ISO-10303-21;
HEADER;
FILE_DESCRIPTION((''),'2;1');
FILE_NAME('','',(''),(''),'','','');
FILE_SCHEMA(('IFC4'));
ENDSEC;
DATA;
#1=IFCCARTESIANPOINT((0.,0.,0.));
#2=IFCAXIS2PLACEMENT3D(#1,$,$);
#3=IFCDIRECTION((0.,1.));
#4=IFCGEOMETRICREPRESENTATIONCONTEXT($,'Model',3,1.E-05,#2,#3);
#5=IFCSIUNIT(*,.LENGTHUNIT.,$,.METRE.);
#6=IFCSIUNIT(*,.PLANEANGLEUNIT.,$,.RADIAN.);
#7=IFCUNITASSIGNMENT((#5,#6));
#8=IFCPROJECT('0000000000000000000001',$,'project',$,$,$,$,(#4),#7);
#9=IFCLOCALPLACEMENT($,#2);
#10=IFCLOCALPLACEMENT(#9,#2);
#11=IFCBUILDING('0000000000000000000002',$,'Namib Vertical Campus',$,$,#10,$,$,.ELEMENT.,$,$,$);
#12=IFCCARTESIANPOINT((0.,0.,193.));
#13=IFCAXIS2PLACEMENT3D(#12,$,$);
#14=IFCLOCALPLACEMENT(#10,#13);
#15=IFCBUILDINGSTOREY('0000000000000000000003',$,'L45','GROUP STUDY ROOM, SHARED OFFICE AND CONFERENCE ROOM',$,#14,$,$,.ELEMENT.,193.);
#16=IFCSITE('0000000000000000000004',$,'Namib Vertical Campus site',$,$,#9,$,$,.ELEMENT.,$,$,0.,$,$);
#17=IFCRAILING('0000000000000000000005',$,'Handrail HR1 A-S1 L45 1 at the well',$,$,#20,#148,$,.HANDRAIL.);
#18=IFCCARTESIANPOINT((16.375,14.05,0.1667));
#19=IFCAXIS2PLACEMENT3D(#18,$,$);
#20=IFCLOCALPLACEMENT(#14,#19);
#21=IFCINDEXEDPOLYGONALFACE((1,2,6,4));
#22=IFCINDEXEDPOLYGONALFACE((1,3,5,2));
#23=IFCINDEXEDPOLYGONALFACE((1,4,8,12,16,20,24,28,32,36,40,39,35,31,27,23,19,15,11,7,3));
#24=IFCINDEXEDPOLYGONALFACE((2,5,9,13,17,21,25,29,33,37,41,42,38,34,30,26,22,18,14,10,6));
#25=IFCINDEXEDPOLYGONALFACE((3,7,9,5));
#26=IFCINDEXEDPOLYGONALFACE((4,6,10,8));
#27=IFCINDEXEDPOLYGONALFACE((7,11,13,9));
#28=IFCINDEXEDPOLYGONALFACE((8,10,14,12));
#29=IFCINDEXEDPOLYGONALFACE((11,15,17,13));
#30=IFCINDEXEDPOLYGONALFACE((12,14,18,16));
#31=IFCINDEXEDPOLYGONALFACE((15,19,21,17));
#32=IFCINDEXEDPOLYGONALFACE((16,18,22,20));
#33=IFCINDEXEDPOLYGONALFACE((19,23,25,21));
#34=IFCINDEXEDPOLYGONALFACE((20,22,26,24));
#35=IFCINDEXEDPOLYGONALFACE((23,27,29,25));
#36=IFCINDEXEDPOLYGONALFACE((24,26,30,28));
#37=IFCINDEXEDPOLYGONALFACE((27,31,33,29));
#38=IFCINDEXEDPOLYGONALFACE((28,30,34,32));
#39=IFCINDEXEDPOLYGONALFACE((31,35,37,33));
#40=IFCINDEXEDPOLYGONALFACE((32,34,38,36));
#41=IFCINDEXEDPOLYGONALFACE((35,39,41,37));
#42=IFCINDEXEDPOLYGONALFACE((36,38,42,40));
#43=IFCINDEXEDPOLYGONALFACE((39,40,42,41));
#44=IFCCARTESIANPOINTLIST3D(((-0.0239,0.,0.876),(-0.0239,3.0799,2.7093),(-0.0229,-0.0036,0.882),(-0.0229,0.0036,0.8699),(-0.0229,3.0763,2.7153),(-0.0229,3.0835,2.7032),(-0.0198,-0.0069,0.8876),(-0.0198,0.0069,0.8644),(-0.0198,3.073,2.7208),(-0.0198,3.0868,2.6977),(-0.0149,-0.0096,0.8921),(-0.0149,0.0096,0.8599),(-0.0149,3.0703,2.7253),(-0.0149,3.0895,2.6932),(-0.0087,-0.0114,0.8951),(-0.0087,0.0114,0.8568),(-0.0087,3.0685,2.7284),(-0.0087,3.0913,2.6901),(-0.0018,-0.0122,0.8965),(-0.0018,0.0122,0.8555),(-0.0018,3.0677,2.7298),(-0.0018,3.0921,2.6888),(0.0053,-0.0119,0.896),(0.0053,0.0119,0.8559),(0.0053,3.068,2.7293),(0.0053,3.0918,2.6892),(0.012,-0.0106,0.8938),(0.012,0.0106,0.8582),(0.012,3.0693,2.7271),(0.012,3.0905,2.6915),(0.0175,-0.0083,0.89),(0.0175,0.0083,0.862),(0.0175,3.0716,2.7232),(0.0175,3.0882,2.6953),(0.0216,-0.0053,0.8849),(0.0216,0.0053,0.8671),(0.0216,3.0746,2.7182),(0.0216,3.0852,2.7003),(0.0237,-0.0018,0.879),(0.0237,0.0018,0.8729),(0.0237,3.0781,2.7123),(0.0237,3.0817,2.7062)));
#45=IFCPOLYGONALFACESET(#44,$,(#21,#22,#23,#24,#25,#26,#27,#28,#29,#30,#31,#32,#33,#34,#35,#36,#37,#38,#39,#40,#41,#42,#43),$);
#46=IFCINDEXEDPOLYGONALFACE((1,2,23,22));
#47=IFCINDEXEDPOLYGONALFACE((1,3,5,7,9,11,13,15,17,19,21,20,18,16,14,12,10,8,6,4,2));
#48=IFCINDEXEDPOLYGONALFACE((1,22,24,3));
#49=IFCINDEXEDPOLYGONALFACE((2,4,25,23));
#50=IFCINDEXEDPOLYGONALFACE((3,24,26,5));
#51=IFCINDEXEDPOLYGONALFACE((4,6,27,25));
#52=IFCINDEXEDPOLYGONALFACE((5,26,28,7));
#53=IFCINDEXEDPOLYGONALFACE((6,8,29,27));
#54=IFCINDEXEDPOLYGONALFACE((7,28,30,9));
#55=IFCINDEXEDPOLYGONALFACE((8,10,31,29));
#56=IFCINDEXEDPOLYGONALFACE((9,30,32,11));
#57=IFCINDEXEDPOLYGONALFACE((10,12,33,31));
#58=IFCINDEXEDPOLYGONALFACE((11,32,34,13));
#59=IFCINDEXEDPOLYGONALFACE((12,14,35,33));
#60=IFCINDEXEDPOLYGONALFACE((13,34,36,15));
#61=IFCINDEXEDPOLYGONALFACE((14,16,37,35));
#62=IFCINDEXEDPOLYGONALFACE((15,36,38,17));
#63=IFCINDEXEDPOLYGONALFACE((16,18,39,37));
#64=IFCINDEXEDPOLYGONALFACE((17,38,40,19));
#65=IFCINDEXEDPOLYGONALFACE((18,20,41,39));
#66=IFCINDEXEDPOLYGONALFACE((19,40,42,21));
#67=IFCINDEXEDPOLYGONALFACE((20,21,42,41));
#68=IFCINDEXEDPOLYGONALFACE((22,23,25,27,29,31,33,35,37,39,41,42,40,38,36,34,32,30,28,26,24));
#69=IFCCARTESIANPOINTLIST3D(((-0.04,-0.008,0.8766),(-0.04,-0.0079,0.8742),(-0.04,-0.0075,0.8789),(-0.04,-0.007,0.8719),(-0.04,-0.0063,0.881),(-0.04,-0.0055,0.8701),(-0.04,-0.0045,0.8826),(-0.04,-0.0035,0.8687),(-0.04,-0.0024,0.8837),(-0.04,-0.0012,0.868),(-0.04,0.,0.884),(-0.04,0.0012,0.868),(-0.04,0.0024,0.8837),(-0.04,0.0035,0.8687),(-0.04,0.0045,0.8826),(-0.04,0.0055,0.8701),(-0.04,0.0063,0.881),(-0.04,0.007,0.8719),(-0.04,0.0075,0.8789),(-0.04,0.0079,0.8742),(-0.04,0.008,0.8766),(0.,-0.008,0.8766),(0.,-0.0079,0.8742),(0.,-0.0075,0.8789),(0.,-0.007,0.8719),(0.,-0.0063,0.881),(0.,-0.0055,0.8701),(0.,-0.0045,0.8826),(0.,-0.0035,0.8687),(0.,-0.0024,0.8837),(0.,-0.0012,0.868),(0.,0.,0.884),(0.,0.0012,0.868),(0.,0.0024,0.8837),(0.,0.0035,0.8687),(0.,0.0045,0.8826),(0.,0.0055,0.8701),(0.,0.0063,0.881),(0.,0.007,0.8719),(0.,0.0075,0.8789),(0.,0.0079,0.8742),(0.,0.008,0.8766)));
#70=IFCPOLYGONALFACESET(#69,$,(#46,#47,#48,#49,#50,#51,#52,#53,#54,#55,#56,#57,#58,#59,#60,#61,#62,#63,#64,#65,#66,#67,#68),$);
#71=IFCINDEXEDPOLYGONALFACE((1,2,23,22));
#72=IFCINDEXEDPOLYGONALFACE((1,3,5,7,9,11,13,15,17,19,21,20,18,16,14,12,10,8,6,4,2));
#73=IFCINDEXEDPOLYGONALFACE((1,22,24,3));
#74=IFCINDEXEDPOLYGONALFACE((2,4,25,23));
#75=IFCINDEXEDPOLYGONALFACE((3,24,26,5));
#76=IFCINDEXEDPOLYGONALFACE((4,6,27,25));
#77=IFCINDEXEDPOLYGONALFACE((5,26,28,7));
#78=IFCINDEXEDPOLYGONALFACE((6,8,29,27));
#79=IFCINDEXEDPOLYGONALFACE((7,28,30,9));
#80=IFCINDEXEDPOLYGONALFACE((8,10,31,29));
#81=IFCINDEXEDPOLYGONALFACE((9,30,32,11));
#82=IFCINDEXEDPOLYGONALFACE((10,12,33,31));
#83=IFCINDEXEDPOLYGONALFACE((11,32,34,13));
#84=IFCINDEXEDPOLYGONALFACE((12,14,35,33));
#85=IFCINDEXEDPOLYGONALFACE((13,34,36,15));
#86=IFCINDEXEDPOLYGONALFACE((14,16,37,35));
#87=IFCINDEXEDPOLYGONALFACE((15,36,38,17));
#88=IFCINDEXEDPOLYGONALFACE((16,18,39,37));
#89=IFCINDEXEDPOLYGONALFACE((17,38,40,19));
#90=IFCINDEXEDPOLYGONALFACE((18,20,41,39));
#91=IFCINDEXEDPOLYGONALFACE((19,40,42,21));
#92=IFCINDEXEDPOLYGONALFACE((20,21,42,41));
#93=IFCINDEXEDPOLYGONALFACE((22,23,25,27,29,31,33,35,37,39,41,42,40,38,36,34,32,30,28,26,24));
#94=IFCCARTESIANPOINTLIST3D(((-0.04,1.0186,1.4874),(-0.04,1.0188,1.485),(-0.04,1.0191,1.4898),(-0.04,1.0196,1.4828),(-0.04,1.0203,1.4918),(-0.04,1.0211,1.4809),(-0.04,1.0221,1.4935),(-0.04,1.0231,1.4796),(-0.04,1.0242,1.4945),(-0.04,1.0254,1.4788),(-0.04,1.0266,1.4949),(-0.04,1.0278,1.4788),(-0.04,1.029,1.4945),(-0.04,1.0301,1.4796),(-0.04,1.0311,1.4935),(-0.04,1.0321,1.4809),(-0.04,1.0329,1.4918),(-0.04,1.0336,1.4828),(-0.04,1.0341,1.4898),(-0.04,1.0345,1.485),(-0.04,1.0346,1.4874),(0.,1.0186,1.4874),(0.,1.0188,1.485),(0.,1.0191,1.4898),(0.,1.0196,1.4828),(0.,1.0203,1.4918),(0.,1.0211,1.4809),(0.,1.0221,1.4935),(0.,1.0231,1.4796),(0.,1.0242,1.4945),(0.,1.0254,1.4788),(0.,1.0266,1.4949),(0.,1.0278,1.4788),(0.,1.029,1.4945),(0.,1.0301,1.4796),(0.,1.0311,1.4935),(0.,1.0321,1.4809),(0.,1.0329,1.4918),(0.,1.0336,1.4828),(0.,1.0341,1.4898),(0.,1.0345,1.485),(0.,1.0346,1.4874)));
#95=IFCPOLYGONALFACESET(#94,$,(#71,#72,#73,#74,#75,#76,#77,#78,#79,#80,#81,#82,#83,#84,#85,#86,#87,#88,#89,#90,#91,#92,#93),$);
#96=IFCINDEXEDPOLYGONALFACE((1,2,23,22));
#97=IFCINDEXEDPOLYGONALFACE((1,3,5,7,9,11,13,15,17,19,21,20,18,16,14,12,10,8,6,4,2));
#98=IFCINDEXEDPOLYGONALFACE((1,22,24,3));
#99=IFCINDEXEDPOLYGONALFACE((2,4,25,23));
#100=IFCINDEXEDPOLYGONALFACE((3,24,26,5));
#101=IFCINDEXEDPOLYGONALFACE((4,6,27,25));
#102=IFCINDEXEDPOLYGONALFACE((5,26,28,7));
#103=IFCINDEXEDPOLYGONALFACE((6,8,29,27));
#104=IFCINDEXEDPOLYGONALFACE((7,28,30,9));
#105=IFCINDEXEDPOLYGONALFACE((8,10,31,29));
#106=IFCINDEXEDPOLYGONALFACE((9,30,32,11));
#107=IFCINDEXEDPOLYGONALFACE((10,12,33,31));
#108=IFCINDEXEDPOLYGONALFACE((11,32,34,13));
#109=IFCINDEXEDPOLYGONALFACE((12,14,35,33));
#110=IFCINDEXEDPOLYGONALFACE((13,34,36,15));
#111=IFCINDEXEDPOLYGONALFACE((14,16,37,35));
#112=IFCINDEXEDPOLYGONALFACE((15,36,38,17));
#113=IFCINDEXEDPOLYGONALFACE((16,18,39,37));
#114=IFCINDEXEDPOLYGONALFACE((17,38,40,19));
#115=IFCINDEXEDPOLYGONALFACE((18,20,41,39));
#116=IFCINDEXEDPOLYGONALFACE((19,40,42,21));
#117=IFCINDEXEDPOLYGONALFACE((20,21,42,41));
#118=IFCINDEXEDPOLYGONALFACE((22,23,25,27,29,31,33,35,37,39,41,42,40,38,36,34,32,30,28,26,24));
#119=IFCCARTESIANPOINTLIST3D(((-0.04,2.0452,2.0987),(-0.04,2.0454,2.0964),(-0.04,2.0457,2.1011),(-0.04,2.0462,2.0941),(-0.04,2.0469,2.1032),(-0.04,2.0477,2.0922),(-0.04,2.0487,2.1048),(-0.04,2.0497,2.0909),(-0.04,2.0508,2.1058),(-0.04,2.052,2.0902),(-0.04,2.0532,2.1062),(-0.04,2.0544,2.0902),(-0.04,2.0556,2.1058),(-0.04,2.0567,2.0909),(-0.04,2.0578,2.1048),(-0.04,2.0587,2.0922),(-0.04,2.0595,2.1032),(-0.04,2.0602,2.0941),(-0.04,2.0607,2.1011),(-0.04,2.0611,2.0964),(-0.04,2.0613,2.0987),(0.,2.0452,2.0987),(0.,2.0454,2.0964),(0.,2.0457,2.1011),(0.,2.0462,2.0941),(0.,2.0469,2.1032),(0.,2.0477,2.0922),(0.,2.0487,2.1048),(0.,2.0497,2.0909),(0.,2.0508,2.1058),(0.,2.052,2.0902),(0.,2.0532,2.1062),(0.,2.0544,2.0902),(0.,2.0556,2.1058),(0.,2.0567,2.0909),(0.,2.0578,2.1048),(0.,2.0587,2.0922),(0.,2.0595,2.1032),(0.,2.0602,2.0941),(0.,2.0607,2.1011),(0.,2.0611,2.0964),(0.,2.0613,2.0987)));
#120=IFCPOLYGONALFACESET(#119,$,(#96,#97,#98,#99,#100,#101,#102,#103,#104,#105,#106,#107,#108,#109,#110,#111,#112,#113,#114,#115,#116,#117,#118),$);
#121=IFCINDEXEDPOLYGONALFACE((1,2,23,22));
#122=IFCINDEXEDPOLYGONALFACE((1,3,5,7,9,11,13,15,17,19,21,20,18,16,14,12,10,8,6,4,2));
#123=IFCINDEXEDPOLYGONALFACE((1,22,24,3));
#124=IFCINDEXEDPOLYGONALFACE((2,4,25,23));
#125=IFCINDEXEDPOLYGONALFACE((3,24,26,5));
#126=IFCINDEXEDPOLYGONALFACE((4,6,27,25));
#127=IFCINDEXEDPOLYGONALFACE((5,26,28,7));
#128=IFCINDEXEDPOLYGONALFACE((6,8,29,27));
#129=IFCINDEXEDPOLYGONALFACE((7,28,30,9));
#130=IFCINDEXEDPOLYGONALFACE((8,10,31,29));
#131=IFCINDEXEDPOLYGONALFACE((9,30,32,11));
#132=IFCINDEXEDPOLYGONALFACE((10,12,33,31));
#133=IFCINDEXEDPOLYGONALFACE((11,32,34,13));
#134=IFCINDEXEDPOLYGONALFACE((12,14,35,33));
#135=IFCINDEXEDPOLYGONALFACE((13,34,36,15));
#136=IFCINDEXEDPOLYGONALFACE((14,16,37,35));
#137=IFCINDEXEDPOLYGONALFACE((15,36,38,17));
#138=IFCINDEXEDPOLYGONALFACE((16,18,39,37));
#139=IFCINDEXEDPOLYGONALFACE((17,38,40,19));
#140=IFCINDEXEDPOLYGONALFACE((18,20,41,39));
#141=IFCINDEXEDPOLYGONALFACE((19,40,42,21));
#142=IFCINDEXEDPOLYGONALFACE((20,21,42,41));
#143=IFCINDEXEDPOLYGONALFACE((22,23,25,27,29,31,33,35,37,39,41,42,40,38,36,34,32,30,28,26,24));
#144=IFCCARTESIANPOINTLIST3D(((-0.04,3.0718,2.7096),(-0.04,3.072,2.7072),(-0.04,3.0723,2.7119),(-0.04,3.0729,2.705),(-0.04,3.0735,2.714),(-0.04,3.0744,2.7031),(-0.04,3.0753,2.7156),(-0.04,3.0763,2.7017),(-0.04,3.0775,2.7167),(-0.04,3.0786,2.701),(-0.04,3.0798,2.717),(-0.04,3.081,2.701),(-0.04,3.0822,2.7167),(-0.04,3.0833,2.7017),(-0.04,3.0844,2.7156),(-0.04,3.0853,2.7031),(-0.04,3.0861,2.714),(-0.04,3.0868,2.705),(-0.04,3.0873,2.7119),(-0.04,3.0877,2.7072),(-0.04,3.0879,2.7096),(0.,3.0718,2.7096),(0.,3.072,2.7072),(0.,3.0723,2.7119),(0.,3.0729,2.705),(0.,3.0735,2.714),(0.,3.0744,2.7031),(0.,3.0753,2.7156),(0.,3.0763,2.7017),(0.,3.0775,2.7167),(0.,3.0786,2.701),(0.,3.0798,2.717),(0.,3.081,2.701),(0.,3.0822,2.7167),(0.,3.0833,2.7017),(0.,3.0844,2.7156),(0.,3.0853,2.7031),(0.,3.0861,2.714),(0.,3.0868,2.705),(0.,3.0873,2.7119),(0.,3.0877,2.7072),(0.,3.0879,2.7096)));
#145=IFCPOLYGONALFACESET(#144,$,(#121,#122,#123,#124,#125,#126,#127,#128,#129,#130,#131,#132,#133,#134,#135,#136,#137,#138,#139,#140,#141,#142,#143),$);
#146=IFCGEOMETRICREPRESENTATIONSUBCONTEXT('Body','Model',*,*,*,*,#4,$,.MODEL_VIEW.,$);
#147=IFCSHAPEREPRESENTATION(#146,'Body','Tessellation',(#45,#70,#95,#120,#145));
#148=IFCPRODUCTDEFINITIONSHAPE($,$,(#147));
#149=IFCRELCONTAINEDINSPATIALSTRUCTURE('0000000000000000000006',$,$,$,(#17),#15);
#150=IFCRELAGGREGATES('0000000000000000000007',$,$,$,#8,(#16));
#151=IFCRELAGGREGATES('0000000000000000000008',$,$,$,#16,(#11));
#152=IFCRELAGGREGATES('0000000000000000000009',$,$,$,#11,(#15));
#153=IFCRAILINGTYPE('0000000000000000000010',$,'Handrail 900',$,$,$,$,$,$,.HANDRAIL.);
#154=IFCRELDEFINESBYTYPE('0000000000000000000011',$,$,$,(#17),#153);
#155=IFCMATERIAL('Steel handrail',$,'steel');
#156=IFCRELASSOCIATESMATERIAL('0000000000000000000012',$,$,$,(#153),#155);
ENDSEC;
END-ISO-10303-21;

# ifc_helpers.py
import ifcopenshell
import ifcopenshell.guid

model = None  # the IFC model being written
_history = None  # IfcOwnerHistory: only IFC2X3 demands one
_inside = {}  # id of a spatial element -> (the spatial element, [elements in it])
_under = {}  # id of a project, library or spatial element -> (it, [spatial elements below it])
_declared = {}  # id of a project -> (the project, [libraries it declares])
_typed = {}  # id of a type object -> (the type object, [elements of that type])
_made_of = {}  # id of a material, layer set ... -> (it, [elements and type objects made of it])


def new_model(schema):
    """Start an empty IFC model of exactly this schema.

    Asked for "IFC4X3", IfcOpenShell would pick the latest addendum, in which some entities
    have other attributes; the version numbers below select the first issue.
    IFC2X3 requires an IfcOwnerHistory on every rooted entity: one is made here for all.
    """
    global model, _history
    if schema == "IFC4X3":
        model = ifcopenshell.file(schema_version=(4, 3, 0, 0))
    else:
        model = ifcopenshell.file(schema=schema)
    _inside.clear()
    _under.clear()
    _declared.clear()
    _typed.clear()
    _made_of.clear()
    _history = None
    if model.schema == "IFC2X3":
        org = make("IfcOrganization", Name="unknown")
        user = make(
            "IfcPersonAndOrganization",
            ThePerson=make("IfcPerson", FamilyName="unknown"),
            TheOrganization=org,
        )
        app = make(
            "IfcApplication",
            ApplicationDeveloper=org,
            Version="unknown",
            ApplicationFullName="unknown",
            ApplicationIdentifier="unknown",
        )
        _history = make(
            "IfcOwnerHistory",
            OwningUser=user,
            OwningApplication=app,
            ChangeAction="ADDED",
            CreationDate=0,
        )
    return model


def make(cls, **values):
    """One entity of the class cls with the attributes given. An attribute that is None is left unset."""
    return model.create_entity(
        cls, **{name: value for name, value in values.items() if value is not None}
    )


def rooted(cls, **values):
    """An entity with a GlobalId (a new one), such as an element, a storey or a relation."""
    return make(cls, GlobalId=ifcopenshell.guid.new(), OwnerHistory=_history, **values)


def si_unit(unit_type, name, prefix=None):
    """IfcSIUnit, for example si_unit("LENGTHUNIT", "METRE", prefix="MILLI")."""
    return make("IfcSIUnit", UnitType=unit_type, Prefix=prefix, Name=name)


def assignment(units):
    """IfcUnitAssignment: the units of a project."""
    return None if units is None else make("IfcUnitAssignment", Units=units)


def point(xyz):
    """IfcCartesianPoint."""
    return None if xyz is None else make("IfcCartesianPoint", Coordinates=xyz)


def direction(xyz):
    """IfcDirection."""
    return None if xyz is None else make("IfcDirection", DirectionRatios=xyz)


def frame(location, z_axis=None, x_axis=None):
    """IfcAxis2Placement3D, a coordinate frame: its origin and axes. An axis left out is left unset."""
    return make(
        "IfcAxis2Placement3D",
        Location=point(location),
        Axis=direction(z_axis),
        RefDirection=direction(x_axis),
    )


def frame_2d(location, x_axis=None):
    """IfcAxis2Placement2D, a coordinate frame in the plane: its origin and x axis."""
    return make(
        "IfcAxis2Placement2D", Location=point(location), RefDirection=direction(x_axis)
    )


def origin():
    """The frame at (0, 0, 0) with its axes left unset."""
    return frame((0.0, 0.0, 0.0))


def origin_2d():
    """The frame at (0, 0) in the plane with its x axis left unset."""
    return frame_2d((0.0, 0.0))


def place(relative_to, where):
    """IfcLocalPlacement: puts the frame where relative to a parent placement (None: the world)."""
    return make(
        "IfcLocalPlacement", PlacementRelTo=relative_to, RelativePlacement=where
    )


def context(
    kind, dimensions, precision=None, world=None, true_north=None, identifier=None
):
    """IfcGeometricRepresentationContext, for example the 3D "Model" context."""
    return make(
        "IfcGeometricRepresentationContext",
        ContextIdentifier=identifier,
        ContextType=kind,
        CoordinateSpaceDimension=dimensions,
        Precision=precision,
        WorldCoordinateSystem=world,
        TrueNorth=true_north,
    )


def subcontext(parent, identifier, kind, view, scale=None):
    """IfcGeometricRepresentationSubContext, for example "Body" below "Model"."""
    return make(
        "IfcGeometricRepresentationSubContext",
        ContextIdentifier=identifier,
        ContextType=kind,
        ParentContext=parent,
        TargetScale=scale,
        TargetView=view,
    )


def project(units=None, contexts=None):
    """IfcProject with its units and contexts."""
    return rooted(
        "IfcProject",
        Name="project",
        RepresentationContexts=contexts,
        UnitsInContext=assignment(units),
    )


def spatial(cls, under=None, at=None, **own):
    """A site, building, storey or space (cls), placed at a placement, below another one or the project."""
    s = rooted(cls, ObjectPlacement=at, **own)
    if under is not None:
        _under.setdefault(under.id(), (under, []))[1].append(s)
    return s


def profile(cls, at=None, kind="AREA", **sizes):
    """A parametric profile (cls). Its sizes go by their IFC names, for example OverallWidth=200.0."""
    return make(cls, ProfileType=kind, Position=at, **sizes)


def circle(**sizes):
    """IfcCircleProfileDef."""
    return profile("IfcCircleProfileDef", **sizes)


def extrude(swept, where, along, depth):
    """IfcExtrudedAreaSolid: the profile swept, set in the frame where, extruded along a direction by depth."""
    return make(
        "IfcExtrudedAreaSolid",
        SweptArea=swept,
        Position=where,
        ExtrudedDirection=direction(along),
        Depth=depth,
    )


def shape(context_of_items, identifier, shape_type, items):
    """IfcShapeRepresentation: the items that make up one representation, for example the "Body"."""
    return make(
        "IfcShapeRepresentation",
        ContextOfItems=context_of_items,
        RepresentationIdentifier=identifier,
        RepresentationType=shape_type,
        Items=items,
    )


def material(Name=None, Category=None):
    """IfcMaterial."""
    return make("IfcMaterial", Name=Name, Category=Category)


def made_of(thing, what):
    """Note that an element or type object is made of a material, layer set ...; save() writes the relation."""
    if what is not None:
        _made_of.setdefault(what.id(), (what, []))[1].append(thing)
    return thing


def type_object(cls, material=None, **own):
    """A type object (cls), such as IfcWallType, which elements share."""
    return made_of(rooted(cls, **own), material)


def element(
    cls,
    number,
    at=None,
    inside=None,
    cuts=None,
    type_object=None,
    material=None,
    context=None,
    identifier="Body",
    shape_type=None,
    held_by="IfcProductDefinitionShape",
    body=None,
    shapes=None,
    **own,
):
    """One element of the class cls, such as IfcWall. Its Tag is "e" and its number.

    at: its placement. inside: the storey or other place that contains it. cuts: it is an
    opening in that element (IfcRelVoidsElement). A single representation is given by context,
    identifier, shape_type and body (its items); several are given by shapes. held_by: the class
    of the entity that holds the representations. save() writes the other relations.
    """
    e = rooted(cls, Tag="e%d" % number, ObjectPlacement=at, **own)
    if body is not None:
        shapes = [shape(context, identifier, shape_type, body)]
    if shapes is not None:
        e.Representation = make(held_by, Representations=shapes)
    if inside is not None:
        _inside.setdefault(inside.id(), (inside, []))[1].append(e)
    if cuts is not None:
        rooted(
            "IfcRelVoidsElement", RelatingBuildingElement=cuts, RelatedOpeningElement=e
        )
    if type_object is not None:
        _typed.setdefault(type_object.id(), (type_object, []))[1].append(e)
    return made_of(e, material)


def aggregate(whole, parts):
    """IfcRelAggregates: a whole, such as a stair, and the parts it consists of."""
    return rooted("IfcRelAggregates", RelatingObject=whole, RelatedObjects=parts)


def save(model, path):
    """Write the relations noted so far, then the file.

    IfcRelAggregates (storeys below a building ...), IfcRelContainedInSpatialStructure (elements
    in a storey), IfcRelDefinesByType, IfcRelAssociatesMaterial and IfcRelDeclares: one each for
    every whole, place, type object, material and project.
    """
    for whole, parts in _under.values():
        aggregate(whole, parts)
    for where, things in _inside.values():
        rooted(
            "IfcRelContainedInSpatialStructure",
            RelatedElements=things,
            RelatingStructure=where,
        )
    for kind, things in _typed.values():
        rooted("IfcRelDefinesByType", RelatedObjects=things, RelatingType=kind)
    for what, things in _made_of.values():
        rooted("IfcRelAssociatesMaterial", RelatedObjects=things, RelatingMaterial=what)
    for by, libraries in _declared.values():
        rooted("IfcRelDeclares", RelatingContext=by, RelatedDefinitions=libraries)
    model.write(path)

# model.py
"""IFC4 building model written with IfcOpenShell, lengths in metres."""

from ifc_helpers import new_model, si_unit, direction, frame, origin, origin_2d, place, context, subcontext, project, spatial, circle, extrude, material, type_object, element, save


model = new_model("IFC4")

# Units and contexts
model_context = context("Model", 3, precision=1e-05, world=origin(), true_north=direction((0.0, 1.0)))
body_context = subcontext(model_context, "Body", "Model", "MODEL_VIEW")
ifc_project = project(units=[si_unit("LENGTHUNIT", "METRE"), si_unit("PLANEANGLEUNIT", "RADIAN")], contexts=[model_context])

# Site, building, storey
site_placement = place(None, origin())
site = spatial("IfcSite", under=ifc_project, at=site_placement, Name="Namib Vertical Campus site", CompositionType="ELEMENT", RefElevation=0.0)
building_placement = place(site_placement, origin())
building = spatial("IfcBuilding", under=site, at=building_placement, Name="Namib Vertical Campus", CompositionType="ELEMENT")
storey_placement = place(building_placement, frame((0.0, 0.0, 193.0)))
storey = spatial("IfcBuildingStorey", under=building, at=storey_placement, Name="L45", Description="GROUP STUDY ROOM, SHARED OFFICE AND CONFERENCE ROOM", CompositionType="ELEMENT", Elevation=193.0)

# Railing
ifc_material_1 = material(Name="Steel handrail", Category="steel")
railing_type_1 = type_object("IfcRailingType", Name="Handrail 900", PredefinedType="HANDRAIL", material=ifc_material_1)
railing_1_placement = place(storey_placement, frame((16.375, 14.05, 0.1667)))
element("IfcRailing", 1, at=railing_1_placement, inside=storey, type_object=railing_type_1, Name="Handrail HR1 A-S1 L45 1 at the well", PredefinedType="HANDRAIL", context=body_context, shape_type="SweptSolid", body=[
    extrude(circle(Radius=0.0239, at=origin_2d()), frame((0.0, 0.0, 0.876), z_axis=(0.0, 0.859291, 0.511487), x_axis=(-1.0, 0.0, 0.0)), (0.0, 0.0, 1.0), 3.5842),
    extrude(circle(Radius=0.0081, at=origin_2d()), frame((0.0, 0.0, 0.876), z_axis=(-1.0, 0.0, 0.0), x_axis=(0.0, 0.0, 1.0)), (0.0, 0.0, 1.0), 0.04),
    extrude(circle(Radius=0.0081, at=origin_2d()), frame((0.0, 1.0266, 1.4868), z_axis=(-1.0, 0.0, 0.0), x_axis=(0.0, 0.0, 1.0)), (0.0, 0.0, 1.0), 0.04),
    extrude(circle(Radius=0.0081, at=origin_2d()), frame((0.0, 2.0532, 2.0981), z_axis=(-1.0, 0.0, 0.0), x_axis=(0.0, 0.0, 1.0)), (0.0, 0.0, 1.0), 0.04),
    extrude(circle(Radius=0.0081, at=origin_2d()), frame((0.0, 3.0798, 2.709), z_axis=(-1.0, 0.0, 0.0), x_axis=(0.0, 0.0, 1.0)), (0.0, 0.0, 1.0), 0.04),
])

save(model, "model.ifc")
